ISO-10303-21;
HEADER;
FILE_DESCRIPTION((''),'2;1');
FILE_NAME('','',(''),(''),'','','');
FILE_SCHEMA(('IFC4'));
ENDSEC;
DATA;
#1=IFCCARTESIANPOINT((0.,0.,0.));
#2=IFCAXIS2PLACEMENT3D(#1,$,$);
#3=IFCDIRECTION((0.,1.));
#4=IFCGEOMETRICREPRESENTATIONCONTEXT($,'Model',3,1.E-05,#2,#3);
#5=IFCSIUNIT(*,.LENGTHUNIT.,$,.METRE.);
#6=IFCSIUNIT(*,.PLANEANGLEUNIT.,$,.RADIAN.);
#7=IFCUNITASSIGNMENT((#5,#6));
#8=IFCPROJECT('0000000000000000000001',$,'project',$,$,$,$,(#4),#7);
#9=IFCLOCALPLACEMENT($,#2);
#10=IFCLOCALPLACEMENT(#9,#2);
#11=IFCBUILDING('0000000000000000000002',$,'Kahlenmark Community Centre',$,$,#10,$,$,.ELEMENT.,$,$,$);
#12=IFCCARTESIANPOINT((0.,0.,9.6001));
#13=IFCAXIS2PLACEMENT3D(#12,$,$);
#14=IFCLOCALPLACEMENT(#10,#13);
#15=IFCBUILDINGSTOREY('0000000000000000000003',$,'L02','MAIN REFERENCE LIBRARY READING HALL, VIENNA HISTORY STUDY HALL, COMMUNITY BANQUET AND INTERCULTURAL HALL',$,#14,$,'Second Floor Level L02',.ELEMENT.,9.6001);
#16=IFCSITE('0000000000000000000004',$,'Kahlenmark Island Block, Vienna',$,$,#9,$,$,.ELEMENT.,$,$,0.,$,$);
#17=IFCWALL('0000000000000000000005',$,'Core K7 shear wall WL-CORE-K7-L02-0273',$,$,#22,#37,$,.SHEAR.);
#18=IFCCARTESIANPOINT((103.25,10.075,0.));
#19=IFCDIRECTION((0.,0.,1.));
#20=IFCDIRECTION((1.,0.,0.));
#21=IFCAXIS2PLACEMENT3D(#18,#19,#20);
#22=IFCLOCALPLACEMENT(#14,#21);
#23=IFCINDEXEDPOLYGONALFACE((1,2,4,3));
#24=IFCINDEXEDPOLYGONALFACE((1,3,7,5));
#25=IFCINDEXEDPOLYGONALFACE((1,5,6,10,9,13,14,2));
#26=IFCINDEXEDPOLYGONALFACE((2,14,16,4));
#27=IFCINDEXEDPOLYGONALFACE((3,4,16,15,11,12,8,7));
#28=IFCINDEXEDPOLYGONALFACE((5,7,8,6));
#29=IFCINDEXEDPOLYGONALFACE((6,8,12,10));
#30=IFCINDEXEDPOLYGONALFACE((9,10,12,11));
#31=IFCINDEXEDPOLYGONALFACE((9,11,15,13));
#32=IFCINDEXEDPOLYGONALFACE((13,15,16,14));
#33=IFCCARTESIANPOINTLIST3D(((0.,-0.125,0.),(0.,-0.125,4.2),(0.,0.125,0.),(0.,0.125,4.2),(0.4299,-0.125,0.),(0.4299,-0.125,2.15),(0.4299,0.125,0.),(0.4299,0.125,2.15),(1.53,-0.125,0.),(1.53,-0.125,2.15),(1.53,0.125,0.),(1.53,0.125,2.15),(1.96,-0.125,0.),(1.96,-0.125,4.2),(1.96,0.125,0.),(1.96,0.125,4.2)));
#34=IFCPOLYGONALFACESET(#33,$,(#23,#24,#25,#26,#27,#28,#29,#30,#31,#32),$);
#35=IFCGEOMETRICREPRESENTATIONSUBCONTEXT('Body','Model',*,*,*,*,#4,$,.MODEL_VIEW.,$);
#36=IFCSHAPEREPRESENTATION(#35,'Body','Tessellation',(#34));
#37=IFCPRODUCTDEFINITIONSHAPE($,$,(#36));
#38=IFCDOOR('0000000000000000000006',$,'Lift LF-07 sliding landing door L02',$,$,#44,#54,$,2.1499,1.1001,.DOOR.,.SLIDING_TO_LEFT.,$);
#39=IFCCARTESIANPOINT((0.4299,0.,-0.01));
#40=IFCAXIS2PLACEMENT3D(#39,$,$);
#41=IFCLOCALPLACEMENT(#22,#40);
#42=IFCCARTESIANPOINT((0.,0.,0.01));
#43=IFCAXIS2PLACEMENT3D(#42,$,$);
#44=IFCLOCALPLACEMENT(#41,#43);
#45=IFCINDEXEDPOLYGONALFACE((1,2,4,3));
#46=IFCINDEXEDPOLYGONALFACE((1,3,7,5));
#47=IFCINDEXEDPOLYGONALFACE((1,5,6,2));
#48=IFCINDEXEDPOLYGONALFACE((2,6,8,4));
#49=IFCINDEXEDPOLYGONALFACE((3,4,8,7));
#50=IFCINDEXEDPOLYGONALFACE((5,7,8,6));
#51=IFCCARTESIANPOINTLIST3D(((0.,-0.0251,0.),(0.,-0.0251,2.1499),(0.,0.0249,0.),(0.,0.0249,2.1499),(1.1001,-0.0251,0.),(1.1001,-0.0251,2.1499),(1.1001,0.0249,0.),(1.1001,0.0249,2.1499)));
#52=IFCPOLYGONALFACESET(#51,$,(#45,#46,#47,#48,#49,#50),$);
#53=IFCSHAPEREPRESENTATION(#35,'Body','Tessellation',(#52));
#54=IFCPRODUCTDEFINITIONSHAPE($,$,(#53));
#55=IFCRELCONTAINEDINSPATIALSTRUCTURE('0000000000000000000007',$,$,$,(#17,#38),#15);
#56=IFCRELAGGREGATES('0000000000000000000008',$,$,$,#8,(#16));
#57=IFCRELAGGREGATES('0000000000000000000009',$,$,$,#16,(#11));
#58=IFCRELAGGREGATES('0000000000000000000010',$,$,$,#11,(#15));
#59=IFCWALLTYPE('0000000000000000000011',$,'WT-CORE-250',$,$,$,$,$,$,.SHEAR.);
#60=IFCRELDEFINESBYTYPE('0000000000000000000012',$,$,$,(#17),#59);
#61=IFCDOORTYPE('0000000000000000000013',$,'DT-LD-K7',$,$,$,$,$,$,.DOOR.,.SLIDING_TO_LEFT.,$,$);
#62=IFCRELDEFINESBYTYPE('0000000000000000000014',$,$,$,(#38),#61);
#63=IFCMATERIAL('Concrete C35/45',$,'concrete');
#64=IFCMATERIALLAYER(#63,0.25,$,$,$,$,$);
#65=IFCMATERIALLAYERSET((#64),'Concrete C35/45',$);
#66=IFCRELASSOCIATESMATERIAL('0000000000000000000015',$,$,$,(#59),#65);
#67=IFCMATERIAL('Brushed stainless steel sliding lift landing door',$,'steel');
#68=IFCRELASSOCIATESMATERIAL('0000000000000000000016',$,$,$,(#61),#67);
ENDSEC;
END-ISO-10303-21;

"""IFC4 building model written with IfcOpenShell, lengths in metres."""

from ifc_helpers import new_model, si_unit, direction, frame, frame_2d, origin, place, context, subcontext, project, spatial, rectangle, extrude, material, layer, layer_set, type_object, element, fill, save


model = new_model("IFC4")

# Units and contexts
model_context = context("Model", 3, precision=1e-05, world=origin(), true_north=direction((0.0, 1.0)))
body_context = subcontext(model_context, "Body", "Model", "MODEL_VIEW")
ifc_project = project(units=[si_unit("LENGTHUNIT", "METRE"), si_unit("PLANEANGLEUNIT", "RADIAN")], contexts=[model_context])

# Site, building, storey
site_placement = place(None, origin())
site = spatial("IfcSite", under=ifc_project, at=site_placement, Name="Kahlenmark Island Block, Vienna", CompositionType="ELEMENT", RefElevation=0.0)
building_placement = place(site_placement, origin())
building = spatial("IfcBuilding", under=site, at=building_placement, Name="Kahlenmark Community Centre", CompositionType="ELEMENT")
storey_placement = place(building_placement, frame((0.0, 0.0, 9.6001)))
storey = spatial("IfcBuildingStorey", under=building, at=storey_placement, Name="L02", Description="MAIN REFERENCE LIBRARY READING HALL, VIENNA HISTORY STUDY HALL, COMMUNITY BANQUET AND INTERCULTURAL HALL", LongName="Second Floor Level L02", CompositionType="ELEMENT", Elevation=9.6001)

# Shared definitions
ifc_material_1 = material(Name="Concrete C35/45", Category="concrete")
ifc_layer_1 = layer(ifc_material_1, 0.25)
ifc_layer_set_1 = layer_set([ifc_layer_1], Name="Concrete C35/45")
wall_type_1 = type_object("IfcWallType", Name="WT-CORE-250", PredefinedType="SHEAR", material=ifc_layer_set_1)

# Wall, opening, door
wall_1_placement = place(storey_placement, frame((103.25, 10.075, 0.0), z_axis=(0.0, 0.0, 1.0), x_axis=(1.0, 0.0, 0.0)))
wall_1 = element("IfcWall", 1, at=wall_1_placement, inside=storey, type_object=wall_type_1, Name="Core K7 shear wall WL-CORE-K7-L02-0273", PredefinedType="SHEAR", context=body_context, shape_type="SweptSolid", body=[
    extrude(rectangle(XDim=1.96, YDim=0.25, at=frame_2d((0.98, 0.0))), origin(), (0.0, 0.0, 1.0), 4.2),
])
opening_1_placement = place(wall_1_placement, frame((0.4299, 0.0, -0.01)))
opening_1 = element("IfcOpeningElement", 2, at=opening_1_placement, cuts=wall_1, PredefinedType="OPENING", context=body_context, shape_type="SweptSolid", body=[
    extrude(rectangle(XDim=1.1001, YDim=2.1599, at=frame_2d((0.55, 1.0801))), frame((0.0, 0.135, 0.0), z_axis=(0.0, -1.0, 0.0), x_axis=(1.0, 0.0, 0.0)), (0.0, 0.0, 1.0), 0.27),
])
ifc_material_2 = material(Name="Brushed stainless steel sliding lift landing door", Category="steel")
door_type_1 = type_object("IfcDoorType", Name="DT-LD-K7", OperationType="SLIDING_TO_LEFT", PredefinedType="DOOR", material=ifc_material_2)
door_1_placement = place(opening_1_placement, frame((0.0, 0.0, 0.01)))
door_1 = element("IfcDoor", 3, at=door_1_placement, inside=storey, type_object=door_type_1, Name="Lift LF-07 sliding landing door L02", OperationType="SLIDING_TO_LEFT", OverallHeight=2.1499, OverallWidth=1.1001, PredefinedType="DOOR", context=body_context, shape_type="SweptSolid", body=[
    extrude(rectangle(XDim=1.1001, YDim=2.1499, at=frame_2d((0.55, 1.075))), frame((0.0, 0.0249, 0.0), z_axis=(0.0, -1.0, 0.0), x_axis=(1.0, 0.0, 0.0)), (0.0, 0.0, 1.0), 0.05),
])
fill(opening_1, door_1)

save(model, "model.ifc")
